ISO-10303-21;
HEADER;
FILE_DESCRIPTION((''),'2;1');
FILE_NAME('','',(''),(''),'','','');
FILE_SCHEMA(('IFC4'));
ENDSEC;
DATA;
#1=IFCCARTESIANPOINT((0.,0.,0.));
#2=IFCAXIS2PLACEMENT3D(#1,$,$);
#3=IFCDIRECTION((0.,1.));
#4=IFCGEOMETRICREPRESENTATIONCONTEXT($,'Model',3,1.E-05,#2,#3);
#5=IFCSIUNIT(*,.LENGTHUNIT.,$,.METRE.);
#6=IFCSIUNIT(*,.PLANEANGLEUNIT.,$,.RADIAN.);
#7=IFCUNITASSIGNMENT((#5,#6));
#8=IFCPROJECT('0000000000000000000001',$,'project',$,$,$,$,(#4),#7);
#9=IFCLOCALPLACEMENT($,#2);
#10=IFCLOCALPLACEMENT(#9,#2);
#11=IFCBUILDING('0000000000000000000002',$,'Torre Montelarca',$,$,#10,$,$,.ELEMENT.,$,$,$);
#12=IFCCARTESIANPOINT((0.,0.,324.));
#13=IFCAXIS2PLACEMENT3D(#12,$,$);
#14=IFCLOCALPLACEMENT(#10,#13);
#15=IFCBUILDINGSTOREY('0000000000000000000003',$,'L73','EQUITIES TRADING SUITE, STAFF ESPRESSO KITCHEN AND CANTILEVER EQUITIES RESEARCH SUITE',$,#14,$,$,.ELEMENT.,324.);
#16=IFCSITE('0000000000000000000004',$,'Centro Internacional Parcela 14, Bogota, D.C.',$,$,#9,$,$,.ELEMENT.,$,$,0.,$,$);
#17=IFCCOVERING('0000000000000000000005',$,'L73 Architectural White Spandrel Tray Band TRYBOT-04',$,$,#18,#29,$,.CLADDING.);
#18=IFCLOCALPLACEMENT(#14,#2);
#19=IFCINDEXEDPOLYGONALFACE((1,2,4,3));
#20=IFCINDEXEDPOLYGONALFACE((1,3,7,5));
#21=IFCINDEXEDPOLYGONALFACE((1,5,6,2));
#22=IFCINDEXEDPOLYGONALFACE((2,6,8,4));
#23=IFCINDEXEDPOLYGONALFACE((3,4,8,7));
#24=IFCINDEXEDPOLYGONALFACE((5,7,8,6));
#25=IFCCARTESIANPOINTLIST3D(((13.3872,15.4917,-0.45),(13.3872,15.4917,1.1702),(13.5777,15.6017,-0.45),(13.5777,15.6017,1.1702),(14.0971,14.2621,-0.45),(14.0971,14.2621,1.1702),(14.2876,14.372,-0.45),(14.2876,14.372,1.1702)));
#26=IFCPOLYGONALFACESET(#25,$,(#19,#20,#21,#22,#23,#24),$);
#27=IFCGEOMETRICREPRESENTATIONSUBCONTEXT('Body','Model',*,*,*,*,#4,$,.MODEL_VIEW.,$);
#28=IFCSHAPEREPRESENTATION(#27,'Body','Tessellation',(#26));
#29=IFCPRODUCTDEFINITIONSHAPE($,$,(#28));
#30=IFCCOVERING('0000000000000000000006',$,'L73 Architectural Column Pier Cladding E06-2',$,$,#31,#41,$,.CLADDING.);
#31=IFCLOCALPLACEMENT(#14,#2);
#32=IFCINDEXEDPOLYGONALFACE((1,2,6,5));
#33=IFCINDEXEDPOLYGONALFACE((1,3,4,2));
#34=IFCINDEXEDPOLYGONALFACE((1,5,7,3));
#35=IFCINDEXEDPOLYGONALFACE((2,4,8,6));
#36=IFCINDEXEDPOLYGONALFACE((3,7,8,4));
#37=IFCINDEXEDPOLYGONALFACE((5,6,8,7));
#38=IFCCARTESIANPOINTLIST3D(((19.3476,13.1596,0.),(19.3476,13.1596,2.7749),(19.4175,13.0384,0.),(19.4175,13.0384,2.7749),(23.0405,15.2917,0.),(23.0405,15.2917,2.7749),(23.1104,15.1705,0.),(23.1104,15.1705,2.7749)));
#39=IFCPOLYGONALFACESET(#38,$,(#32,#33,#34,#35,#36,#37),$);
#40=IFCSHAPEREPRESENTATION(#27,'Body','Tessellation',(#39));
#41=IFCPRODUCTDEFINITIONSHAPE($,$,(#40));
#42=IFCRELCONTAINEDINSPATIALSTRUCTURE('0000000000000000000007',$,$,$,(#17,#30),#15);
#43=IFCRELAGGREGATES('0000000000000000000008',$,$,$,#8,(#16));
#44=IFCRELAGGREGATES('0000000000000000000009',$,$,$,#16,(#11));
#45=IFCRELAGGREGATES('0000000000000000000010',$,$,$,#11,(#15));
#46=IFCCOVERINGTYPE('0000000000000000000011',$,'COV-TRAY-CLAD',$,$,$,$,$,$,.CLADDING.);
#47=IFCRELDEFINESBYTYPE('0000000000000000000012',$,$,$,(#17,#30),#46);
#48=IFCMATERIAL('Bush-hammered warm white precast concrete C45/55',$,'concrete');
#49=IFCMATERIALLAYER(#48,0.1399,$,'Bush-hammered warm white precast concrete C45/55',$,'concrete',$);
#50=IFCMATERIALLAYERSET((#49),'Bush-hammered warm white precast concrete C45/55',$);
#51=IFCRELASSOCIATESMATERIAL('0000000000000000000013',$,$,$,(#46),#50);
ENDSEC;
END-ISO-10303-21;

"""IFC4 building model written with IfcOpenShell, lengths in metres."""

from ifc_helpers import new_model, si_unit, direction, frame, origin, origin_2d, place, context, subcontext, project, spatial, rectangle, extrude, source, transform, mapped, material, layer, layer_set, type_object, element, save


model = new_model("IFC4")

# Units and contexts
model_context = context("Model", 3, precision=1e-05, world=origin(), true_north=direction((0.0, 1.0)))
body_context = subcontext(model_context, "Body", "Model", "MODEL_VIEW")
ifc_project = project(units=[si_unit("LENGTHUNIT", "METRE"), si_unit("PLANEANGLEUNIT", "RADIAN")], contexts=[model_context])

# Site, building, storey
site_placement = place(None, origin())
site = spatial("IfcSite", under=ifc_project, at=site_placement, Name="Centro Internacional Parcela 14, Bogota, D.C.", CompositionType="ELEMENT", RefElevation=0.0)
building_placement = place(site_placement, origin())
building = spatial("IfcBuilding", under=site, at=building_placement, Name="Torre Montelarca", CompositionType="ELEMENT")
storey_placement = place(building_placement, frame((0.0, 0.0, 324.0)))
storey = spatial("IfcBuildingStorey", under=building, at=storey_placement, Name="L73", Description="EQUITIES TRADING SUITE, STAFF ESPRESSO KITCHEN AND CANTILEVER EQUITIES RESEARCH SUITE", CompositionType="ELEMENT", Elevation=324.0)

# Coverings
ifc_material_1 = material(Name="Bush-hammered warm white precast concrete C45/55", Category="concrete")
ifc_layer_1 = layer(ifc_material_1, 0.1399, Name="Bush-hammered warm white precast concrete C45/55", Category="concrete")
ifc_layer_set_1 = layer_set([ifc_layer_1], Name="Bush-hammered warm white precast concrete C45/55")
covering_type = type_object("IfcCoveringType", Name="COV-TRAY-CLAD", PredefinedType="CLADDING", material=ifc_layer_set_1)
shared_shape_1 = source(origin(), body_context, "Body", "SweptSolid", [
    extrude(rectangle(XDim=1.4199, YDim=0.22, at=origin_2d()), origin(), (0.0, 0.0, 1.0), 1.6201),
])
covering_1_placement = place(storey_placement, frame((13.8374, 14.9319, -0.45), z_axis=(0.0, 0.0, 1.0), x_axis=(0.500011, -0.866019, 0.0)))
element("IfcCovering", 1, at=covering_1_placement, inside=storey, type_object=covering_type, Name="L73 Architectural White Spandrel Tray Band TRYBOT-04", PredefinedType="CLADDING", context=body_context, shape_type="MappedRepresentation", body=[
    mapped(shared_shape_1, transform((0.0, 0.0, 0.0), scale=1.0)),
])
shared_shape_2 = source(origin(), body_context, "Body", "SweptSolid", [
    extrude(rectangle(XDim=4.2642, YDim=0.1399, at=origin_2d()), origin(), (0.0, 0.0, 1.0), 2.7749),
])
covering_2_placement = place(storey_placement, frame((21.229, 14.165, 0.0), z_axis=(0.0, 0.0, 1.0), x_axis=(0.866025, 0.5, 0.0)))
element("IfcCovering", 2, at=covering_2_placement, inside=storey, type_object=covering_type, Name="L73 Architectural Column Pier Cladding E06-2", PredefinedType="CLADDING", context=body_context, shape_type="MappedRepresentation", body=[
    mapped(shared_shape_2, transform((0.0, 0.0, 0.0), scale=1.0)),
])

save(model, "model.ifc")
